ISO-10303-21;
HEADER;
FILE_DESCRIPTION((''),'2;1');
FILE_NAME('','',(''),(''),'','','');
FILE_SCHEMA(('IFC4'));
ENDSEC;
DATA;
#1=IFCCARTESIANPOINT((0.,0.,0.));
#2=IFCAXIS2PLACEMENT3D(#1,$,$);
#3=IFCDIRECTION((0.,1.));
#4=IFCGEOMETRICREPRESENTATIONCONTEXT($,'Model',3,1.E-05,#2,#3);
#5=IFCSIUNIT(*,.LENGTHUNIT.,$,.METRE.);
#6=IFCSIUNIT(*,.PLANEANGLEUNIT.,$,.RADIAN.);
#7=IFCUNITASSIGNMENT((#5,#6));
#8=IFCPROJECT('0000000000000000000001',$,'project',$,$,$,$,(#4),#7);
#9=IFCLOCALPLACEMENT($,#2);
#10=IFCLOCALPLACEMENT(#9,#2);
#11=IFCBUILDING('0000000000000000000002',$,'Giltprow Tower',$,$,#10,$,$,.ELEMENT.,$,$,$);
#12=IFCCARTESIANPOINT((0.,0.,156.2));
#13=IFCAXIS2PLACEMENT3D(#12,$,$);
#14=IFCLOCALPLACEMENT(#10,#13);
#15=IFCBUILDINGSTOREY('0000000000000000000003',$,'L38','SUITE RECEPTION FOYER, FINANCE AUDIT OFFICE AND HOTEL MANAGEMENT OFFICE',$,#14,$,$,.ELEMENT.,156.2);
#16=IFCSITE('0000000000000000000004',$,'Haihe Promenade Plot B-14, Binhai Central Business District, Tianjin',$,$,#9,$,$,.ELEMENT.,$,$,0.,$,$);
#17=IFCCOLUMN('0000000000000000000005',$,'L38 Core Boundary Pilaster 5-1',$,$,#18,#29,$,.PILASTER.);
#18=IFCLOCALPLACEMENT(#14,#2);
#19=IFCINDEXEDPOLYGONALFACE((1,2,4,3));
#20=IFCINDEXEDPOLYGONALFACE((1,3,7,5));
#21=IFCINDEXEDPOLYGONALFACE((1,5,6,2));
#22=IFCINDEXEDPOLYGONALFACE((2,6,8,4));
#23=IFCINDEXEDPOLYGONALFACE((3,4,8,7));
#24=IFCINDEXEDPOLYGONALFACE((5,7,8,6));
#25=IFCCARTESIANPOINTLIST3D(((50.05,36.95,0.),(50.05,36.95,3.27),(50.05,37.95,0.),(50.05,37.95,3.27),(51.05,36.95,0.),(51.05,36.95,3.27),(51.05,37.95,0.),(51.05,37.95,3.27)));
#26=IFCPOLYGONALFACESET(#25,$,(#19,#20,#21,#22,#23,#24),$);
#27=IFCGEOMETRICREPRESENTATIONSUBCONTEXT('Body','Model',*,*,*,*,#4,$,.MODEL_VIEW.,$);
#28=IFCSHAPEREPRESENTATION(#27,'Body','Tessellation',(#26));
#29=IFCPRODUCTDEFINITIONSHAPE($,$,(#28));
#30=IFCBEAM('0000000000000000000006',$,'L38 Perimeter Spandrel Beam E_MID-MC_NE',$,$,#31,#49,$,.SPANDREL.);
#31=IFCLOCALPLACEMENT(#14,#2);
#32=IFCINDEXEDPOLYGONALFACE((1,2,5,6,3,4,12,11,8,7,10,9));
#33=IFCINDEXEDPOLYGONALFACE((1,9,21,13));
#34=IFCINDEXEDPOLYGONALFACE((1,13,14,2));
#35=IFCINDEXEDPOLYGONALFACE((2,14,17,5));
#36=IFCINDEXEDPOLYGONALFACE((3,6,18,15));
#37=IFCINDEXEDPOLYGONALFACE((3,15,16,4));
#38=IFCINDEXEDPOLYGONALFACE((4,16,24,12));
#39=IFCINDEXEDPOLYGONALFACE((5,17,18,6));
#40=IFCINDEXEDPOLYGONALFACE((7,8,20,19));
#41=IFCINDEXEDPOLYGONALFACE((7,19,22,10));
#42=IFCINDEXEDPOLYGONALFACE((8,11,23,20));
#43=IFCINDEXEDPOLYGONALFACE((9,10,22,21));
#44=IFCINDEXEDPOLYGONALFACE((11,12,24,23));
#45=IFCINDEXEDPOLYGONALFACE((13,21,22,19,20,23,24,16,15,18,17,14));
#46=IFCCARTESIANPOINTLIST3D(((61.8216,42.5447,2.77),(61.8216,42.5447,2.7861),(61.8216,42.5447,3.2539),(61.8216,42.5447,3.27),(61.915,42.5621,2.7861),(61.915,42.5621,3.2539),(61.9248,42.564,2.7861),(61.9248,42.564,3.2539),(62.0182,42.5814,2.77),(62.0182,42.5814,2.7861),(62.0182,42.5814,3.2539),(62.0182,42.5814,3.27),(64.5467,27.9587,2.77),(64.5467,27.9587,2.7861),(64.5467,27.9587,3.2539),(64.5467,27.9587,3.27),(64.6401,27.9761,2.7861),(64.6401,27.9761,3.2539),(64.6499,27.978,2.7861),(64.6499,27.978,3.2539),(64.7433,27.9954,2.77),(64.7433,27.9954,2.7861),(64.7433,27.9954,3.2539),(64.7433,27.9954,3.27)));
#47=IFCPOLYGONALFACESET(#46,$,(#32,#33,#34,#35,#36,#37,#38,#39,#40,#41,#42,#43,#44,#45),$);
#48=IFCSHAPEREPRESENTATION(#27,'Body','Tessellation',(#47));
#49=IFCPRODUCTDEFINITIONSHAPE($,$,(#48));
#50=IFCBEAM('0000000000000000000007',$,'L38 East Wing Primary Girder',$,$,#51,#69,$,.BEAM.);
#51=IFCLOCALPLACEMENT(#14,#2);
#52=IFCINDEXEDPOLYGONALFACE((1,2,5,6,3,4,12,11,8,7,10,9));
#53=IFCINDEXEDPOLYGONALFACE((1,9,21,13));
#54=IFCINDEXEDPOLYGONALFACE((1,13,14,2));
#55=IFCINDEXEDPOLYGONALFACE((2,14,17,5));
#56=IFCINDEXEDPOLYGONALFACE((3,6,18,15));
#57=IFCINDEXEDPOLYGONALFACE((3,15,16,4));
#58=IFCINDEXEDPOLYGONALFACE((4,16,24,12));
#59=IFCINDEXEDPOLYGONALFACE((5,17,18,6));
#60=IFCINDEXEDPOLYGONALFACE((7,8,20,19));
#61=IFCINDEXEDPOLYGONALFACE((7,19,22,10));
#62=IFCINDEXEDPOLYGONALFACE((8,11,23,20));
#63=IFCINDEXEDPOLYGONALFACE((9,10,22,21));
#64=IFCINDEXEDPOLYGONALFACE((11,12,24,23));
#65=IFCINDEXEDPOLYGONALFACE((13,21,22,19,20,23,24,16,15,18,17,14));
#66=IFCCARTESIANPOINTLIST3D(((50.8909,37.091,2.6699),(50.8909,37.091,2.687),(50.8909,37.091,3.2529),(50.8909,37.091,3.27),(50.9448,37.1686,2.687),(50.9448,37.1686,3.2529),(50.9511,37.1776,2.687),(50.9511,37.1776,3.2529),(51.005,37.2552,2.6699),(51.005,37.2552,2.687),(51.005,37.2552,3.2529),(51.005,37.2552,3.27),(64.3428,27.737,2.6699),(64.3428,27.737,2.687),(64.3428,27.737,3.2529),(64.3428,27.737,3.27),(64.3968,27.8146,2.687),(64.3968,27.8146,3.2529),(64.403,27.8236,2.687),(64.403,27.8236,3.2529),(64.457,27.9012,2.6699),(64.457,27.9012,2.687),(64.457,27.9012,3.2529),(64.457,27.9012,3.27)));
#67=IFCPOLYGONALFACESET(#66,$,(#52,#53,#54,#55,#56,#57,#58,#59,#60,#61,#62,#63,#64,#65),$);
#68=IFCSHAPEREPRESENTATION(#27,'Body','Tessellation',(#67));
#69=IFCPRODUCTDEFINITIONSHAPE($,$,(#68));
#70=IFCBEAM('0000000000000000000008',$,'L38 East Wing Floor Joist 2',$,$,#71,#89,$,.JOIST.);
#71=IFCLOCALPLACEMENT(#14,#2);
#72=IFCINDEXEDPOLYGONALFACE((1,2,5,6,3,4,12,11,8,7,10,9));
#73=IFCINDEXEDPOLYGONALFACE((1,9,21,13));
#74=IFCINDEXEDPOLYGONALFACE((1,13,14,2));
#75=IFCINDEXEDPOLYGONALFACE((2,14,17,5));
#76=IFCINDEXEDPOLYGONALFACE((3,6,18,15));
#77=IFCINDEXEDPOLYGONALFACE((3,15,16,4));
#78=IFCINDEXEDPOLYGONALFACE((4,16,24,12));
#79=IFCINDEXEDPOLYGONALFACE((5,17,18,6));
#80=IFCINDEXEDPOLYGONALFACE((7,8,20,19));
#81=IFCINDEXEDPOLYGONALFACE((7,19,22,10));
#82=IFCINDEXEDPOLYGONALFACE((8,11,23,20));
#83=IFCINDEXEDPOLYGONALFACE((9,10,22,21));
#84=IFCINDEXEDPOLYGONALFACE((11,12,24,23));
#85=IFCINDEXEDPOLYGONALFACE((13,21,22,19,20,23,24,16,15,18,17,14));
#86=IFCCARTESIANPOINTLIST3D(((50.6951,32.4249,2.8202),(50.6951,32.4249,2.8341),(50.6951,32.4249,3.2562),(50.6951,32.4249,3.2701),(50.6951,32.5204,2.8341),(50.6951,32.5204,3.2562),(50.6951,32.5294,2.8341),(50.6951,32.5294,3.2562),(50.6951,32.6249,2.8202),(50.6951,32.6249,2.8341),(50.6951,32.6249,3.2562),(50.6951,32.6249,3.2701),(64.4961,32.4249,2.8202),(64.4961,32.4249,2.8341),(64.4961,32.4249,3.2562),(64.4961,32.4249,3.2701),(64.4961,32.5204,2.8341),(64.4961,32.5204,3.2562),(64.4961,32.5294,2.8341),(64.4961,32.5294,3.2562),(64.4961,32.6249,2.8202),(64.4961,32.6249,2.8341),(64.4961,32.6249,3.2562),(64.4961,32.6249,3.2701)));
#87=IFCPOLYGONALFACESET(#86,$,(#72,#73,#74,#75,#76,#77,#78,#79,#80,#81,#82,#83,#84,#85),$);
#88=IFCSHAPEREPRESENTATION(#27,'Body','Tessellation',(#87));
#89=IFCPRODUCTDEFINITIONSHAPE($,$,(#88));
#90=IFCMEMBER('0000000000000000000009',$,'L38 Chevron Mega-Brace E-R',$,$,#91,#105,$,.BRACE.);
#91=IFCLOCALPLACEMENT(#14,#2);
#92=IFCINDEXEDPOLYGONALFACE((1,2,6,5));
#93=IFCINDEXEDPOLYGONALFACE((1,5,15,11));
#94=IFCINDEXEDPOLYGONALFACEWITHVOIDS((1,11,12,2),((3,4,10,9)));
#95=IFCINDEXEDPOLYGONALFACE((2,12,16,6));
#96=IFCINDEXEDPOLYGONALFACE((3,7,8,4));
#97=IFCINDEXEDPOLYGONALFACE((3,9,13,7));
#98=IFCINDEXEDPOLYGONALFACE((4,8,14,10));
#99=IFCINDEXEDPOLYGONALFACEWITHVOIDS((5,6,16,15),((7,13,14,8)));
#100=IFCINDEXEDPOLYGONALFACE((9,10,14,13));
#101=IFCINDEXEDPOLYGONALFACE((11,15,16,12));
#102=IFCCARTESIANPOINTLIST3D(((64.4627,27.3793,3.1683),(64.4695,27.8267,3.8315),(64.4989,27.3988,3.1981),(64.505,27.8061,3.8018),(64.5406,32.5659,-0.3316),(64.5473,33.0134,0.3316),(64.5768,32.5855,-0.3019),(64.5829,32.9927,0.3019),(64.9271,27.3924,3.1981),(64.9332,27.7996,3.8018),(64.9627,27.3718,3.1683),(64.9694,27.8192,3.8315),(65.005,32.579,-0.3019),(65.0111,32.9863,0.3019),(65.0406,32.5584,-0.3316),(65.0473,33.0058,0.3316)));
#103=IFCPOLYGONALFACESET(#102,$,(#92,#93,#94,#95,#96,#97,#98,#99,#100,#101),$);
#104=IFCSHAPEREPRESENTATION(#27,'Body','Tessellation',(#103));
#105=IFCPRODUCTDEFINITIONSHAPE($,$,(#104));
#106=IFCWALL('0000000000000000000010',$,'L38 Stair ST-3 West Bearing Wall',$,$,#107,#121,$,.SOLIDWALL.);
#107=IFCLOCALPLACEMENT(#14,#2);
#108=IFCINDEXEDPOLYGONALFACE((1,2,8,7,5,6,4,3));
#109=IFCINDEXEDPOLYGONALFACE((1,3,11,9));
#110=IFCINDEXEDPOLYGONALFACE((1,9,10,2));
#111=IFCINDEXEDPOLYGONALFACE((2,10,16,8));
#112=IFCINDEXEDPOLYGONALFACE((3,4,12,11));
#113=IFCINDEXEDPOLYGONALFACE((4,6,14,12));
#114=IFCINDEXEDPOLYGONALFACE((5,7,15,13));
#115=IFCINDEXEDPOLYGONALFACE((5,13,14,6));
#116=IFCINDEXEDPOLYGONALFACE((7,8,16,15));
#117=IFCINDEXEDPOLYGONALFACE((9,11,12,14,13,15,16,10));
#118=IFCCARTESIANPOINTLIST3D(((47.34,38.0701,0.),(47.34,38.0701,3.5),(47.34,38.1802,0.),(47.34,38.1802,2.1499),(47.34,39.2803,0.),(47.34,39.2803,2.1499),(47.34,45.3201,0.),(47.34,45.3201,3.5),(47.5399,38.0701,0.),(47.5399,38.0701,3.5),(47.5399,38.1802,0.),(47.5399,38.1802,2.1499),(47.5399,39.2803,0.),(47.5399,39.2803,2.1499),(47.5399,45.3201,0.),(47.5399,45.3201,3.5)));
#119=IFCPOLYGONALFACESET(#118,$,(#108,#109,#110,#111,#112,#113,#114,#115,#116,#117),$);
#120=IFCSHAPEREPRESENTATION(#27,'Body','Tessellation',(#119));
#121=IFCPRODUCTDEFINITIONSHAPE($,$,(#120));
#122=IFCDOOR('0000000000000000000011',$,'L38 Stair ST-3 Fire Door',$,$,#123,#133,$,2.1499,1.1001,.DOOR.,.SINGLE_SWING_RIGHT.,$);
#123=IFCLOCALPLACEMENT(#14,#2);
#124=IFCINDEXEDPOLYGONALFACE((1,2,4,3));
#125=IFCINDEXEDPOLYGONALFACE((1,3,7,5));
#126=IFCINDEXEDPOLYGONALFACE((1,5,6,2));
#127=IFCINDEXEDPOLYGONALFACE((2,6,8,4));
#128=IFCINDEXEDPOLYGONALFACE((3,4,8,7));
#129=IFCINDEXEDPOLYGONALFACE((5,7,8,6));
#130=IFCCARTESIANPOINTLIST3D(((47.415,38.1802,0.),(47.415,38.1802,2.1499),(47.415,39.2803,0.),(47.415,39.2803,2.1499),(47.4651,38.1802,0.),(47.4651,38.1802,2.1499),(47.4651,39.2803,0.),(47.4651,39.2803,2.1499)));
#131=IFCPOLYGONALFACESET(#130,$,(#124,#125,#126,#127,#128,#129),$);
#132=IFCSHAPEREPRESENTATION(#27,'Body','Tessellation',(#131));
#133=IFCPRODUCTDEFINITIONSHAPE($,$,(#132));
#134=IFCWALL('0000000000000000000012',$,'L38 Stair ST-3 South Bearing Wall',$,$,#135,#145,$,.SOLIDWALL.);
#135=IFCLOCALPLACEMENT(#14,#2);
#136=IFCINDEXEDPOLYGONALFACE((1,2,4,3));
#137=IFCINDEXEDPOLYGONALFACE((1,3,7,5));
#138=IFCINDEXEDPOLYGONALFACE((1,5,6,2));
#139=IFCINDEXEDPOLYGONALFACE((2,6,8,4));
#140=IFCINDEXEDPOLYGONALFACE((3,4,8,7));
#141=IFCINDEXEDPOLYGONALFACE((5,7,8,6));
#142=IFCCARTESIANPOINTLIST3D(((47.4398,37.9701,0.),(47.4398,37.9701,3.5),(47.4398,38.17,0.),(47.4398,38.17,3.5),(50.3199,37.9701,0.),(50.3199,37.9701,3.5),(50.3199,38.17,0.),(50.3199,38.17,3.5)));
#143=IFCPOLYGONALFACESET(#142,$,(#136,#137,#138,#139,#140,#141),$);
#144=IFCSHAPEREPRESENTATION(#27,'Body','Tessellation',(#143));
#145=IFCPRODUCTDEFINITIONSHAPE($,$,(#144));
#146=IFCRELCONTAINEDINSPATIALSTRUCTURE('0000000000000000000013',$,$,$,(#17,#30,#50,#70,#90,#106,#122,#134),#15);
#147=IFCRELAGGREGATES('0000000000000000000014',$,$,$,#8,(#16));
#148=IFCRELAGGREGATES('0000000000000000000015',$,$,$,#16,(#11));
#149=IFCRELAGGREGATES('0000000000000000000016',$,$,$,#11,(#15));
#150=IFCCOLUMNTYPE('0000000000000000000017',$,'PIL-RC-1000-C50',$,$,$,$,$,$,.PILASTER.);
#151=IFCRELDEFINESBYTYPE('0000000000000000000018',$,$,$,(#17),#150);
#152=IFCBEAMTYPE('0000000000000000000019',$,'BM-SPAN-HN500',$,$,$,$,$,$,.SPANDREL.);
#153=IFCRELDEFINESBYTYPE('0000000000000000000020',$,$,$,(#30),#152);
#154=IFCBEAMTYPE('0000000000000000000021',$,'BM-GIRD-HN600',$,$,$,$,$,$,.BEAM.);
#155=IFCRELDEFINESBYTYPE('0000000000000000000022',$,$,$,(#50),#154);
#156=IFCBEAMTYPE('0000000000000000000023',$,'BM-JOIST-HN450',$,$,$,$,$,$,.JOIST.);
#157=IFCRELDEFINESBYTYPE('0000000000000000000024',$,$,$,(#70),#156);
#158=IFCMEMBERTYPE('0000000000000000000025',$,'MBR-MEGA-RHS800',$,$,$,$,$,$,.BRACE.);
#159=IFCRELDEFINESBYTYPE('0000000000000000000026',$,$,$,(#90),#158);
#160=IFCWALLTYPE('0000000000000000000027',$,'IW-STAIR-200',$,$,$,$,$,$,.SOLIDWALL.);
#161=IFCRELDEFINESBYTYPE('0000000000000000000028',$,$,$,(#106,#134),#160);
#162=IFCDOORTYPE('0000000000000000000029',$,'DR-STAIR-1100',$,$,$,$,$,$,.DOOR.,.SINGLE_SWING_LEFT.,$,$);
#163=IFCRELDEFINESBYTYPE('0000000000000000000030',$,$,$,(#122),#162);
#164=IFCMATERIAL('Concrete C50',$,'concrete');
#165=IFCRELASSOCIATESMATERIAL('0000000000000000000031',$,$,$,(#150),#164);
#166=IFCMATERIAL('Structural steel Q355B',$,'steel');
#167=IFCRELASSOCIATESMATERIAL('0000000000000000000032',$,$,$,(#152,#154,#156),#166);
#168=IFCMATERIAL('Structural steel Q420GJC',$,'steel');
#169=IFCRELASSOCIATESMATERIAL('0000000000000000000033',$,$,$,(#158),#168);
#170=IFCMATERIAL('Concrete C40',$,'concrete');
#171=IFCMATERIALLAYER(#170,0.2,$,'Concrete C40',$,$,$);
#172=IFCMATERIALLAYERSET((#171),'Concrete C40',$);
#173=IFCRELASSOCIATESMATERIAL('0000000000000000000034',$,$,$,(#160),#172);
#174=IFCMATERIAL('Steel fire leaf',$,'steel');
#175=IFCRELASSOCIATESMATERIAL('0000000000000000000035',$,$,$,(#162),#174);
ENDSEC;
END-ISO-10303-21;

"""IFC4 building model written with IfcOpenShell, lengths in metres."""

from ifc_helpers import new_model, si_unit, direction, frame, frame_2d, origin, origin_2d, place, context, subcontext, project, spatial, rectangle, hollow_rectangle, i_section, extrude, source, transform, mapped, material, layer, layer_set, material_profile, profile_set, type_object, element, fill, save


model = new_model("IFC4")

# Units and contexts
model_context = context("Model", 3, precision=1e-05, world=origin(), true_north=direction((0.0, 1.0)))
body_context = subcontext(model_context, "Body", "Model", "MODEL_VIEW")
ifc_project = project(units=[si_unit("LENGTHUNIT", "METRE"), si_unit("PLANEANGLEUNIT", "RADIAN")], contexts=[model_context])

# Site, building, storey
site_placement = place(None, origin())
site = spatial("IfcSite", under=ifc_project, at=site_placement, Name="Haihe Promenade Plot B-14, Binhai Central Business District, Tianjin", CompositionType="ELEMENT", RefElevation=0.0)
building_placement = place(site_placement, origin())
building = spatial("IfcBuilding", under=site, at=building_placement, Name="Giltprow Tower", CompositionType="ELEMENT")
storey_placement = place(building_placement, frame((0.0, 0.0, 156.2)))
storey = spatial("IfcBuildingStorey", under=building, at=storey_placement, Name="L38", Description="SUITE RECEPTION FOYER, FINANCE AUDIT OFFICE AND HOTEL MANAGEMENT OFFICE", CompositionType="ELEMENT", Elevation=156.2)

# Column
ifc_material_1 = material(Name="Concrete C50", Category="concrete")
ifc_material_profile_1 = material_profile(ifc_material_1, rectangle(XDim=1.0, YDim=1.0, at=origin_2d()), Name="RC 1000x1000")
ifc_profile_set_1 = profile_set([ifc_material_profile_1], Name="Concrete C50")
column_type = type_object("IfcColumnType", Name="PIL-RC-1000-C50", PredefinedType="PILASTER", material=ifc_profile_set_1)
shared_shape_1 = source(origin(), body_context, "Body", "SweptSolid", [
    extrude(rectangle(XDim=1.0, YDim=1.0, at=origin_2d()), origin(), (0.0, 0.0, 1.0), 3.27),
])
column_placement = place(storey_placement, frame((50.55, 37.45, 0.0), z_axis=(0.0, 0.0, 1.0), x_axis=(1.0, 0.0, 0.0)))
element("IfcColumn", 1, at=column_placement, inside=storey, type_object=column_type, Name="L38 Core Boundary Pilaster 5-1", PredefinedType="PILASTER", context=body_context, shape_type="MappedRepresentation", body=[
    mapped(shared_shape_1, transform((0.0, 0.0, 0.0), x_axis=(1.0, 0.0, 0.0), y_axis=(0.0, 1.0, 0.0), z_axis=(0.0, 0.0, 1.0), scale=1.0)),
])

# Beams
ifc_material_2 = material(Name="Structural steel Q355B", Category="steel")
ifc_material_profile_2 = material_profile(ifc_material_2, i_section(OverallWidth=0.2, OverallDepth=0.5, WebThickness=0.01, FlangeThickness=0.0161, at=origin_2d()), Name="HN 500x200x10x16")
ifc_profile_set_2 = profile_set([ifc_material_profile_2], Name="Structural steel Q355B")
beam_type_1 = type_object("IfcBeamType", Name="BM-SPAN-HN500", PredefinedType="SPANDREL", material=ifc_profile_set_2)
shared_shape_2 = source(origin(), body_context, "Body", "SweptSolid", [
    extrude(i_section(OverallWidth=0.2, OverallDepth=0.5, WebThickness=0.01, FlangeThickness=0.0161, at=origin_2d()), origin(), (0.0, 0.0, 1.0), 14.8384),
])
beam_1_placement = place(storey_placement, frame((64.645, 27.9771, 3.02), z_axis=(-0.183653, 0.982991, 0.0), x_axis=(-0.982991, -0.183653, 0.0)))
element("IfcBeam", 2, at=beam_1_placement, inside=storey, type_object=beam_type_1, Name="L38 Perimeter Spandrel Beam E_MID-MC_NE", PredefinedType="SPANDREL", context=body_context, shape_type="MappedRepresentation", body=[
    mapped(shared_shape_2, transform((0.0, 0.0, 0.0), x_axis=(1.0, 0.0, 0.0), y_axis=(0.0, 1.0, 0.0), z_axis=(0.0, 0.0, 1.0), scale=1.0)),
])
ifc_material_profile_3 = material_profile(ifc_material_2, i_section(OverallWidth=0.2, OverallDepth=0.6001, WebThickness=0.011, FlangeThickness=0.0171, at=origin_2d()), Name="HN 600x200x11x17")
ifc_profile_set_3 = profile_set([ifc_material_profile_3], Name="Structural steel Q355B")
beam_type_2 = type_object("IfcBeamType", Name="BM-GIRD-HN600", PredefinedType="BEAM", material=ifc_profile_set_3)
shared_shape_3 = source(origin(), body_context, "Body", "SweptSolid", [
    extrude(i_section(OverallWidth=0.2, OverallDepth=0.6001, WebThickness=0.011, FlangeThickness=0.0171, at=origin_2d()), origin(), (0.0, 0.0, 1.0), 16.3845),
])
beam_2_placement = place(storey_placement, frame((64.3999, 27.8191, 2.97), z_axis=(-0.821015, 0.570906, 0.0), x_axis=(-0.570906, -0.821015, 0.0)))
element("IfcBeam", 3, at=beam_2_placement, inside=storey, type_object=beam_type_2, Name="L38 East Wing Primary Girder", PredefinedType="BEAM", context=body_context, shape_type="MappedRepresentation", body=[
    mapped(shared_shape_3, transform((0.0, 0.0, 0.0), x_axis=(1.0, 0.0, 0.0), y_axis=(0.0, 1.0, 0.0), z_axis=(0.0, 0.0, 1.0), scale=1.0)),
])
ifc_material_profile_4 = material_profile(ifc_material_2, i_section(OverallWidth=0.2, OverallDepth=0.45, WebThickness=0.009, FlangeThickness=0.0139, at=origin_2d()), Name="HN 450x200x9x14")
ifc_profile_set_4 = profile_set([ifc_material_profile_4], Name="Structural steel Q355B")
beam_type_3 = type_object("IfcBeamType", Name="BM-JOIST-HN450", PredefinedType="JOIST", material=ifc_profile_set_4)
shared_shape_4 = source(origin(), body_context, "Body", "SweptSolid", [
    extrude(i_section(OverallWidth=0.2, OverallDepth=0.45, WebThickness=0.009, FlangeThickness=0.0139, at=origin_2d()), origin(), (0.0, 0.0, 1.0), 13.801),
])
beam_3_placement = place(storey_placement, frame((50.6951, 32.5249, 3.0452), z_axis=(1.0, 0.0, 0.0), x_axis=(0.0, 1.0, 0.0)))
element("IfcBeam", 4, at=beam_3_placement, inside=storey, type_object=beam_type_3, Name="L38 East Wing Floor Joist 2", PredefinedType="JOIST", context=body_context, shape_type="MappedRepresentation", body=[
    mapped(shared_shape_4, transform((0.0, 0.0, 0.0), x_axis=(1.0, 0.0, 0.0), y_axis=(0.0, 1.0, 0.0), z_axis=(0.0, 0.0, 1.0), scale=1.0)),
])

# Member
ifc_material_3 = material(Name="Structural steel Q420GJC", Category="steel")
ifc_material_profile_5 = material_profile(ifc_material_3, hollow_rectangle(XDim=0.5, YDim=0.8, WallThickness=0.0359, at=origin_2d()), Name="RHS 800x500x36")
ifc_profile_set_5 = profile_set([ifc_material_profile_5], Name="Structural steel Q420GJC")
member_type = type_object("IfcMemberType", Name="MBR-MEGA-RHS800", PredefinedType="BRACE", material=ifc_profile_set_5)
shared_shape_5 = source(origin(), body_context, "Body", "SweptSolid", [
    extrude(hollow_rectangle(XDim=0.5, YDim=0.8, WallThickness=0.0359, at=origin_2d()), origin(), (0.0, 0.0, 1.0), 6.2576),
])
member_placement = place(storey_placement, frame((64.7939, 32.7859, 0.0), z_axis=(-0.012446, -0.828864, 0.559312), x_axis=(0.999887, -0.015014, 0.0)))
element("IfcMember", 5, at=member_placement, inside=storey, type_object=member_type, Name="L38 Chevron Mega-Brace E-R", PredefinedType="BRACE", context=body_context, shape_type="MappedRepresentation", body=[
    mapped(shared_shape_5, transform((0.0, 0.0, 0.0), x_axis=(1.0, 0.0, 0.0), y_axis=(0.0, 1.0, 0.0), z_axis=(0.0, 0.0, 1.0), scale=1.0)),
])

# Wall, opening, door
ifc_material_4 = material(Name="Concrete C40", Category="concrete")
ifc_layer_1 = layer(ifc_material_4, 0.2, Name="Concrete C40")
ifc_layer_set_1 = layer_set([ifc_layer_1], Name="Concrete C40")
wall_type_1 = type_object("IfcWallType", Name="IW-STAIR-200", PredefinedType="SOLIDWALL", material=ifc_layer_set_1)
wall_1_placement = place(storey_placement, frame((47.4399, 38.0701, 0.0), z_axis=(0.0, 0.0, 1.0), x_axis=(0.0, 1.0, 0.0)))
wall_1 = element("IfcWall", 6, at=wall_1_placement, inside=storey, type_object=wall_type_1, Name="L38 Stair ST-3 West Bearing Wall", PredefinedType="SOLIDWALL", context=body_context, shape_type="SweptSolid", body=[
    extrude(rectangle(XDim=7.25, YDim=0.2, at=frame_2d((3.625, 0.0))), origin(), (0.0, 0.0, 1.0), 3.5),
])
opening_1_placement = place(wall_1_placement, frame((0.1101, 0.0, 0.0)))
opening_1 = element("IfcOpeningElement", 7, at=opening_1_placement, cuts=wall_1, PredefinedType="OPENING", context=body_context, shape_type="SweptSolid", body=[
    extrude(rectangle(XDim=1.1001, YDim=2.1499, at=frame_2d((0.55, 1.075))), frame((0.0, 0.1099, 0.0), z_axis=(0.0, -1.0, 0.0), x_axis=(1.0, 0.0, 0.0)), (0.0, 0.0, 1.0), 0.22),
])
ifc_material_5 = material(Name="Steel fire leaf", Category="steel")
door_type_1 = type_object("IfcDoorType", Name="DR-STAIR-1100", OperationType="SINGLE_SWING_LEFT", PredefinedType="DOOR", material=ifc_material_5)
shared_shape_6 = source(origin(), body_context, "Body", "SweptSolid", [
    extrude(rectangle(XDim=1.1001, YDim=2.1499, at=frame_2d((0.55, 1.075))), frame((0.0, 0.0249, 0.0), z_axis=(0.0, -1.0, 0.0), x_axis=(1.0, 0.0, 0.0)), (0.0, 0.0, 1.0), 0.05),
])
door_1_placement = place(opening_1_placement, origin())
door_1 = element("IfcDoor", 8, at=door_1_placement, inside=storey, type_object=door_type_1, Name="L38 Stair ST-3 Fire Door", OperationType="SINGLE_SWING_RIGHT", OverallHeight=2.1499, OverallWidth=1.1001, PredefinedType="DOOR", context=body_context, shape_type="MappedRepresentation", body=[
    mapped(shared_shape_6, transform((0.0, 0.0, 0.0), x_axis=(1.0, 0.0, 0.0), y_axis=(0.0, 1.0, 0.0), z_axis=(0.0, 0.0, 1.0), scale=1.0)),
])
fill(opening_1, door_1)

# Wall
wall_2_placement = place(storey_placement, frame((47.4399, 38.0701, 0.0), z_axis=(0.0, 0.0, 1.0), x_axis=(1.0, 0.0, 0.0)))
element("IfcWall", 9, at=wall_2_placement, inside=storey, type_object=wall_type_1, Name="L38 Stair ST-3 South Bearing Wall", PredefinedType="SOLIDWALL", context=body_context, shape_type="SweptSolid", body=[
    extrude(rectangle(XDim=2.8801, YDim=0.2, at=frame_2d((1.4399, 0.0))), origin(), (0.0, 0.0, 1.0), 3.5),
])

save(model, "model.ifc")
